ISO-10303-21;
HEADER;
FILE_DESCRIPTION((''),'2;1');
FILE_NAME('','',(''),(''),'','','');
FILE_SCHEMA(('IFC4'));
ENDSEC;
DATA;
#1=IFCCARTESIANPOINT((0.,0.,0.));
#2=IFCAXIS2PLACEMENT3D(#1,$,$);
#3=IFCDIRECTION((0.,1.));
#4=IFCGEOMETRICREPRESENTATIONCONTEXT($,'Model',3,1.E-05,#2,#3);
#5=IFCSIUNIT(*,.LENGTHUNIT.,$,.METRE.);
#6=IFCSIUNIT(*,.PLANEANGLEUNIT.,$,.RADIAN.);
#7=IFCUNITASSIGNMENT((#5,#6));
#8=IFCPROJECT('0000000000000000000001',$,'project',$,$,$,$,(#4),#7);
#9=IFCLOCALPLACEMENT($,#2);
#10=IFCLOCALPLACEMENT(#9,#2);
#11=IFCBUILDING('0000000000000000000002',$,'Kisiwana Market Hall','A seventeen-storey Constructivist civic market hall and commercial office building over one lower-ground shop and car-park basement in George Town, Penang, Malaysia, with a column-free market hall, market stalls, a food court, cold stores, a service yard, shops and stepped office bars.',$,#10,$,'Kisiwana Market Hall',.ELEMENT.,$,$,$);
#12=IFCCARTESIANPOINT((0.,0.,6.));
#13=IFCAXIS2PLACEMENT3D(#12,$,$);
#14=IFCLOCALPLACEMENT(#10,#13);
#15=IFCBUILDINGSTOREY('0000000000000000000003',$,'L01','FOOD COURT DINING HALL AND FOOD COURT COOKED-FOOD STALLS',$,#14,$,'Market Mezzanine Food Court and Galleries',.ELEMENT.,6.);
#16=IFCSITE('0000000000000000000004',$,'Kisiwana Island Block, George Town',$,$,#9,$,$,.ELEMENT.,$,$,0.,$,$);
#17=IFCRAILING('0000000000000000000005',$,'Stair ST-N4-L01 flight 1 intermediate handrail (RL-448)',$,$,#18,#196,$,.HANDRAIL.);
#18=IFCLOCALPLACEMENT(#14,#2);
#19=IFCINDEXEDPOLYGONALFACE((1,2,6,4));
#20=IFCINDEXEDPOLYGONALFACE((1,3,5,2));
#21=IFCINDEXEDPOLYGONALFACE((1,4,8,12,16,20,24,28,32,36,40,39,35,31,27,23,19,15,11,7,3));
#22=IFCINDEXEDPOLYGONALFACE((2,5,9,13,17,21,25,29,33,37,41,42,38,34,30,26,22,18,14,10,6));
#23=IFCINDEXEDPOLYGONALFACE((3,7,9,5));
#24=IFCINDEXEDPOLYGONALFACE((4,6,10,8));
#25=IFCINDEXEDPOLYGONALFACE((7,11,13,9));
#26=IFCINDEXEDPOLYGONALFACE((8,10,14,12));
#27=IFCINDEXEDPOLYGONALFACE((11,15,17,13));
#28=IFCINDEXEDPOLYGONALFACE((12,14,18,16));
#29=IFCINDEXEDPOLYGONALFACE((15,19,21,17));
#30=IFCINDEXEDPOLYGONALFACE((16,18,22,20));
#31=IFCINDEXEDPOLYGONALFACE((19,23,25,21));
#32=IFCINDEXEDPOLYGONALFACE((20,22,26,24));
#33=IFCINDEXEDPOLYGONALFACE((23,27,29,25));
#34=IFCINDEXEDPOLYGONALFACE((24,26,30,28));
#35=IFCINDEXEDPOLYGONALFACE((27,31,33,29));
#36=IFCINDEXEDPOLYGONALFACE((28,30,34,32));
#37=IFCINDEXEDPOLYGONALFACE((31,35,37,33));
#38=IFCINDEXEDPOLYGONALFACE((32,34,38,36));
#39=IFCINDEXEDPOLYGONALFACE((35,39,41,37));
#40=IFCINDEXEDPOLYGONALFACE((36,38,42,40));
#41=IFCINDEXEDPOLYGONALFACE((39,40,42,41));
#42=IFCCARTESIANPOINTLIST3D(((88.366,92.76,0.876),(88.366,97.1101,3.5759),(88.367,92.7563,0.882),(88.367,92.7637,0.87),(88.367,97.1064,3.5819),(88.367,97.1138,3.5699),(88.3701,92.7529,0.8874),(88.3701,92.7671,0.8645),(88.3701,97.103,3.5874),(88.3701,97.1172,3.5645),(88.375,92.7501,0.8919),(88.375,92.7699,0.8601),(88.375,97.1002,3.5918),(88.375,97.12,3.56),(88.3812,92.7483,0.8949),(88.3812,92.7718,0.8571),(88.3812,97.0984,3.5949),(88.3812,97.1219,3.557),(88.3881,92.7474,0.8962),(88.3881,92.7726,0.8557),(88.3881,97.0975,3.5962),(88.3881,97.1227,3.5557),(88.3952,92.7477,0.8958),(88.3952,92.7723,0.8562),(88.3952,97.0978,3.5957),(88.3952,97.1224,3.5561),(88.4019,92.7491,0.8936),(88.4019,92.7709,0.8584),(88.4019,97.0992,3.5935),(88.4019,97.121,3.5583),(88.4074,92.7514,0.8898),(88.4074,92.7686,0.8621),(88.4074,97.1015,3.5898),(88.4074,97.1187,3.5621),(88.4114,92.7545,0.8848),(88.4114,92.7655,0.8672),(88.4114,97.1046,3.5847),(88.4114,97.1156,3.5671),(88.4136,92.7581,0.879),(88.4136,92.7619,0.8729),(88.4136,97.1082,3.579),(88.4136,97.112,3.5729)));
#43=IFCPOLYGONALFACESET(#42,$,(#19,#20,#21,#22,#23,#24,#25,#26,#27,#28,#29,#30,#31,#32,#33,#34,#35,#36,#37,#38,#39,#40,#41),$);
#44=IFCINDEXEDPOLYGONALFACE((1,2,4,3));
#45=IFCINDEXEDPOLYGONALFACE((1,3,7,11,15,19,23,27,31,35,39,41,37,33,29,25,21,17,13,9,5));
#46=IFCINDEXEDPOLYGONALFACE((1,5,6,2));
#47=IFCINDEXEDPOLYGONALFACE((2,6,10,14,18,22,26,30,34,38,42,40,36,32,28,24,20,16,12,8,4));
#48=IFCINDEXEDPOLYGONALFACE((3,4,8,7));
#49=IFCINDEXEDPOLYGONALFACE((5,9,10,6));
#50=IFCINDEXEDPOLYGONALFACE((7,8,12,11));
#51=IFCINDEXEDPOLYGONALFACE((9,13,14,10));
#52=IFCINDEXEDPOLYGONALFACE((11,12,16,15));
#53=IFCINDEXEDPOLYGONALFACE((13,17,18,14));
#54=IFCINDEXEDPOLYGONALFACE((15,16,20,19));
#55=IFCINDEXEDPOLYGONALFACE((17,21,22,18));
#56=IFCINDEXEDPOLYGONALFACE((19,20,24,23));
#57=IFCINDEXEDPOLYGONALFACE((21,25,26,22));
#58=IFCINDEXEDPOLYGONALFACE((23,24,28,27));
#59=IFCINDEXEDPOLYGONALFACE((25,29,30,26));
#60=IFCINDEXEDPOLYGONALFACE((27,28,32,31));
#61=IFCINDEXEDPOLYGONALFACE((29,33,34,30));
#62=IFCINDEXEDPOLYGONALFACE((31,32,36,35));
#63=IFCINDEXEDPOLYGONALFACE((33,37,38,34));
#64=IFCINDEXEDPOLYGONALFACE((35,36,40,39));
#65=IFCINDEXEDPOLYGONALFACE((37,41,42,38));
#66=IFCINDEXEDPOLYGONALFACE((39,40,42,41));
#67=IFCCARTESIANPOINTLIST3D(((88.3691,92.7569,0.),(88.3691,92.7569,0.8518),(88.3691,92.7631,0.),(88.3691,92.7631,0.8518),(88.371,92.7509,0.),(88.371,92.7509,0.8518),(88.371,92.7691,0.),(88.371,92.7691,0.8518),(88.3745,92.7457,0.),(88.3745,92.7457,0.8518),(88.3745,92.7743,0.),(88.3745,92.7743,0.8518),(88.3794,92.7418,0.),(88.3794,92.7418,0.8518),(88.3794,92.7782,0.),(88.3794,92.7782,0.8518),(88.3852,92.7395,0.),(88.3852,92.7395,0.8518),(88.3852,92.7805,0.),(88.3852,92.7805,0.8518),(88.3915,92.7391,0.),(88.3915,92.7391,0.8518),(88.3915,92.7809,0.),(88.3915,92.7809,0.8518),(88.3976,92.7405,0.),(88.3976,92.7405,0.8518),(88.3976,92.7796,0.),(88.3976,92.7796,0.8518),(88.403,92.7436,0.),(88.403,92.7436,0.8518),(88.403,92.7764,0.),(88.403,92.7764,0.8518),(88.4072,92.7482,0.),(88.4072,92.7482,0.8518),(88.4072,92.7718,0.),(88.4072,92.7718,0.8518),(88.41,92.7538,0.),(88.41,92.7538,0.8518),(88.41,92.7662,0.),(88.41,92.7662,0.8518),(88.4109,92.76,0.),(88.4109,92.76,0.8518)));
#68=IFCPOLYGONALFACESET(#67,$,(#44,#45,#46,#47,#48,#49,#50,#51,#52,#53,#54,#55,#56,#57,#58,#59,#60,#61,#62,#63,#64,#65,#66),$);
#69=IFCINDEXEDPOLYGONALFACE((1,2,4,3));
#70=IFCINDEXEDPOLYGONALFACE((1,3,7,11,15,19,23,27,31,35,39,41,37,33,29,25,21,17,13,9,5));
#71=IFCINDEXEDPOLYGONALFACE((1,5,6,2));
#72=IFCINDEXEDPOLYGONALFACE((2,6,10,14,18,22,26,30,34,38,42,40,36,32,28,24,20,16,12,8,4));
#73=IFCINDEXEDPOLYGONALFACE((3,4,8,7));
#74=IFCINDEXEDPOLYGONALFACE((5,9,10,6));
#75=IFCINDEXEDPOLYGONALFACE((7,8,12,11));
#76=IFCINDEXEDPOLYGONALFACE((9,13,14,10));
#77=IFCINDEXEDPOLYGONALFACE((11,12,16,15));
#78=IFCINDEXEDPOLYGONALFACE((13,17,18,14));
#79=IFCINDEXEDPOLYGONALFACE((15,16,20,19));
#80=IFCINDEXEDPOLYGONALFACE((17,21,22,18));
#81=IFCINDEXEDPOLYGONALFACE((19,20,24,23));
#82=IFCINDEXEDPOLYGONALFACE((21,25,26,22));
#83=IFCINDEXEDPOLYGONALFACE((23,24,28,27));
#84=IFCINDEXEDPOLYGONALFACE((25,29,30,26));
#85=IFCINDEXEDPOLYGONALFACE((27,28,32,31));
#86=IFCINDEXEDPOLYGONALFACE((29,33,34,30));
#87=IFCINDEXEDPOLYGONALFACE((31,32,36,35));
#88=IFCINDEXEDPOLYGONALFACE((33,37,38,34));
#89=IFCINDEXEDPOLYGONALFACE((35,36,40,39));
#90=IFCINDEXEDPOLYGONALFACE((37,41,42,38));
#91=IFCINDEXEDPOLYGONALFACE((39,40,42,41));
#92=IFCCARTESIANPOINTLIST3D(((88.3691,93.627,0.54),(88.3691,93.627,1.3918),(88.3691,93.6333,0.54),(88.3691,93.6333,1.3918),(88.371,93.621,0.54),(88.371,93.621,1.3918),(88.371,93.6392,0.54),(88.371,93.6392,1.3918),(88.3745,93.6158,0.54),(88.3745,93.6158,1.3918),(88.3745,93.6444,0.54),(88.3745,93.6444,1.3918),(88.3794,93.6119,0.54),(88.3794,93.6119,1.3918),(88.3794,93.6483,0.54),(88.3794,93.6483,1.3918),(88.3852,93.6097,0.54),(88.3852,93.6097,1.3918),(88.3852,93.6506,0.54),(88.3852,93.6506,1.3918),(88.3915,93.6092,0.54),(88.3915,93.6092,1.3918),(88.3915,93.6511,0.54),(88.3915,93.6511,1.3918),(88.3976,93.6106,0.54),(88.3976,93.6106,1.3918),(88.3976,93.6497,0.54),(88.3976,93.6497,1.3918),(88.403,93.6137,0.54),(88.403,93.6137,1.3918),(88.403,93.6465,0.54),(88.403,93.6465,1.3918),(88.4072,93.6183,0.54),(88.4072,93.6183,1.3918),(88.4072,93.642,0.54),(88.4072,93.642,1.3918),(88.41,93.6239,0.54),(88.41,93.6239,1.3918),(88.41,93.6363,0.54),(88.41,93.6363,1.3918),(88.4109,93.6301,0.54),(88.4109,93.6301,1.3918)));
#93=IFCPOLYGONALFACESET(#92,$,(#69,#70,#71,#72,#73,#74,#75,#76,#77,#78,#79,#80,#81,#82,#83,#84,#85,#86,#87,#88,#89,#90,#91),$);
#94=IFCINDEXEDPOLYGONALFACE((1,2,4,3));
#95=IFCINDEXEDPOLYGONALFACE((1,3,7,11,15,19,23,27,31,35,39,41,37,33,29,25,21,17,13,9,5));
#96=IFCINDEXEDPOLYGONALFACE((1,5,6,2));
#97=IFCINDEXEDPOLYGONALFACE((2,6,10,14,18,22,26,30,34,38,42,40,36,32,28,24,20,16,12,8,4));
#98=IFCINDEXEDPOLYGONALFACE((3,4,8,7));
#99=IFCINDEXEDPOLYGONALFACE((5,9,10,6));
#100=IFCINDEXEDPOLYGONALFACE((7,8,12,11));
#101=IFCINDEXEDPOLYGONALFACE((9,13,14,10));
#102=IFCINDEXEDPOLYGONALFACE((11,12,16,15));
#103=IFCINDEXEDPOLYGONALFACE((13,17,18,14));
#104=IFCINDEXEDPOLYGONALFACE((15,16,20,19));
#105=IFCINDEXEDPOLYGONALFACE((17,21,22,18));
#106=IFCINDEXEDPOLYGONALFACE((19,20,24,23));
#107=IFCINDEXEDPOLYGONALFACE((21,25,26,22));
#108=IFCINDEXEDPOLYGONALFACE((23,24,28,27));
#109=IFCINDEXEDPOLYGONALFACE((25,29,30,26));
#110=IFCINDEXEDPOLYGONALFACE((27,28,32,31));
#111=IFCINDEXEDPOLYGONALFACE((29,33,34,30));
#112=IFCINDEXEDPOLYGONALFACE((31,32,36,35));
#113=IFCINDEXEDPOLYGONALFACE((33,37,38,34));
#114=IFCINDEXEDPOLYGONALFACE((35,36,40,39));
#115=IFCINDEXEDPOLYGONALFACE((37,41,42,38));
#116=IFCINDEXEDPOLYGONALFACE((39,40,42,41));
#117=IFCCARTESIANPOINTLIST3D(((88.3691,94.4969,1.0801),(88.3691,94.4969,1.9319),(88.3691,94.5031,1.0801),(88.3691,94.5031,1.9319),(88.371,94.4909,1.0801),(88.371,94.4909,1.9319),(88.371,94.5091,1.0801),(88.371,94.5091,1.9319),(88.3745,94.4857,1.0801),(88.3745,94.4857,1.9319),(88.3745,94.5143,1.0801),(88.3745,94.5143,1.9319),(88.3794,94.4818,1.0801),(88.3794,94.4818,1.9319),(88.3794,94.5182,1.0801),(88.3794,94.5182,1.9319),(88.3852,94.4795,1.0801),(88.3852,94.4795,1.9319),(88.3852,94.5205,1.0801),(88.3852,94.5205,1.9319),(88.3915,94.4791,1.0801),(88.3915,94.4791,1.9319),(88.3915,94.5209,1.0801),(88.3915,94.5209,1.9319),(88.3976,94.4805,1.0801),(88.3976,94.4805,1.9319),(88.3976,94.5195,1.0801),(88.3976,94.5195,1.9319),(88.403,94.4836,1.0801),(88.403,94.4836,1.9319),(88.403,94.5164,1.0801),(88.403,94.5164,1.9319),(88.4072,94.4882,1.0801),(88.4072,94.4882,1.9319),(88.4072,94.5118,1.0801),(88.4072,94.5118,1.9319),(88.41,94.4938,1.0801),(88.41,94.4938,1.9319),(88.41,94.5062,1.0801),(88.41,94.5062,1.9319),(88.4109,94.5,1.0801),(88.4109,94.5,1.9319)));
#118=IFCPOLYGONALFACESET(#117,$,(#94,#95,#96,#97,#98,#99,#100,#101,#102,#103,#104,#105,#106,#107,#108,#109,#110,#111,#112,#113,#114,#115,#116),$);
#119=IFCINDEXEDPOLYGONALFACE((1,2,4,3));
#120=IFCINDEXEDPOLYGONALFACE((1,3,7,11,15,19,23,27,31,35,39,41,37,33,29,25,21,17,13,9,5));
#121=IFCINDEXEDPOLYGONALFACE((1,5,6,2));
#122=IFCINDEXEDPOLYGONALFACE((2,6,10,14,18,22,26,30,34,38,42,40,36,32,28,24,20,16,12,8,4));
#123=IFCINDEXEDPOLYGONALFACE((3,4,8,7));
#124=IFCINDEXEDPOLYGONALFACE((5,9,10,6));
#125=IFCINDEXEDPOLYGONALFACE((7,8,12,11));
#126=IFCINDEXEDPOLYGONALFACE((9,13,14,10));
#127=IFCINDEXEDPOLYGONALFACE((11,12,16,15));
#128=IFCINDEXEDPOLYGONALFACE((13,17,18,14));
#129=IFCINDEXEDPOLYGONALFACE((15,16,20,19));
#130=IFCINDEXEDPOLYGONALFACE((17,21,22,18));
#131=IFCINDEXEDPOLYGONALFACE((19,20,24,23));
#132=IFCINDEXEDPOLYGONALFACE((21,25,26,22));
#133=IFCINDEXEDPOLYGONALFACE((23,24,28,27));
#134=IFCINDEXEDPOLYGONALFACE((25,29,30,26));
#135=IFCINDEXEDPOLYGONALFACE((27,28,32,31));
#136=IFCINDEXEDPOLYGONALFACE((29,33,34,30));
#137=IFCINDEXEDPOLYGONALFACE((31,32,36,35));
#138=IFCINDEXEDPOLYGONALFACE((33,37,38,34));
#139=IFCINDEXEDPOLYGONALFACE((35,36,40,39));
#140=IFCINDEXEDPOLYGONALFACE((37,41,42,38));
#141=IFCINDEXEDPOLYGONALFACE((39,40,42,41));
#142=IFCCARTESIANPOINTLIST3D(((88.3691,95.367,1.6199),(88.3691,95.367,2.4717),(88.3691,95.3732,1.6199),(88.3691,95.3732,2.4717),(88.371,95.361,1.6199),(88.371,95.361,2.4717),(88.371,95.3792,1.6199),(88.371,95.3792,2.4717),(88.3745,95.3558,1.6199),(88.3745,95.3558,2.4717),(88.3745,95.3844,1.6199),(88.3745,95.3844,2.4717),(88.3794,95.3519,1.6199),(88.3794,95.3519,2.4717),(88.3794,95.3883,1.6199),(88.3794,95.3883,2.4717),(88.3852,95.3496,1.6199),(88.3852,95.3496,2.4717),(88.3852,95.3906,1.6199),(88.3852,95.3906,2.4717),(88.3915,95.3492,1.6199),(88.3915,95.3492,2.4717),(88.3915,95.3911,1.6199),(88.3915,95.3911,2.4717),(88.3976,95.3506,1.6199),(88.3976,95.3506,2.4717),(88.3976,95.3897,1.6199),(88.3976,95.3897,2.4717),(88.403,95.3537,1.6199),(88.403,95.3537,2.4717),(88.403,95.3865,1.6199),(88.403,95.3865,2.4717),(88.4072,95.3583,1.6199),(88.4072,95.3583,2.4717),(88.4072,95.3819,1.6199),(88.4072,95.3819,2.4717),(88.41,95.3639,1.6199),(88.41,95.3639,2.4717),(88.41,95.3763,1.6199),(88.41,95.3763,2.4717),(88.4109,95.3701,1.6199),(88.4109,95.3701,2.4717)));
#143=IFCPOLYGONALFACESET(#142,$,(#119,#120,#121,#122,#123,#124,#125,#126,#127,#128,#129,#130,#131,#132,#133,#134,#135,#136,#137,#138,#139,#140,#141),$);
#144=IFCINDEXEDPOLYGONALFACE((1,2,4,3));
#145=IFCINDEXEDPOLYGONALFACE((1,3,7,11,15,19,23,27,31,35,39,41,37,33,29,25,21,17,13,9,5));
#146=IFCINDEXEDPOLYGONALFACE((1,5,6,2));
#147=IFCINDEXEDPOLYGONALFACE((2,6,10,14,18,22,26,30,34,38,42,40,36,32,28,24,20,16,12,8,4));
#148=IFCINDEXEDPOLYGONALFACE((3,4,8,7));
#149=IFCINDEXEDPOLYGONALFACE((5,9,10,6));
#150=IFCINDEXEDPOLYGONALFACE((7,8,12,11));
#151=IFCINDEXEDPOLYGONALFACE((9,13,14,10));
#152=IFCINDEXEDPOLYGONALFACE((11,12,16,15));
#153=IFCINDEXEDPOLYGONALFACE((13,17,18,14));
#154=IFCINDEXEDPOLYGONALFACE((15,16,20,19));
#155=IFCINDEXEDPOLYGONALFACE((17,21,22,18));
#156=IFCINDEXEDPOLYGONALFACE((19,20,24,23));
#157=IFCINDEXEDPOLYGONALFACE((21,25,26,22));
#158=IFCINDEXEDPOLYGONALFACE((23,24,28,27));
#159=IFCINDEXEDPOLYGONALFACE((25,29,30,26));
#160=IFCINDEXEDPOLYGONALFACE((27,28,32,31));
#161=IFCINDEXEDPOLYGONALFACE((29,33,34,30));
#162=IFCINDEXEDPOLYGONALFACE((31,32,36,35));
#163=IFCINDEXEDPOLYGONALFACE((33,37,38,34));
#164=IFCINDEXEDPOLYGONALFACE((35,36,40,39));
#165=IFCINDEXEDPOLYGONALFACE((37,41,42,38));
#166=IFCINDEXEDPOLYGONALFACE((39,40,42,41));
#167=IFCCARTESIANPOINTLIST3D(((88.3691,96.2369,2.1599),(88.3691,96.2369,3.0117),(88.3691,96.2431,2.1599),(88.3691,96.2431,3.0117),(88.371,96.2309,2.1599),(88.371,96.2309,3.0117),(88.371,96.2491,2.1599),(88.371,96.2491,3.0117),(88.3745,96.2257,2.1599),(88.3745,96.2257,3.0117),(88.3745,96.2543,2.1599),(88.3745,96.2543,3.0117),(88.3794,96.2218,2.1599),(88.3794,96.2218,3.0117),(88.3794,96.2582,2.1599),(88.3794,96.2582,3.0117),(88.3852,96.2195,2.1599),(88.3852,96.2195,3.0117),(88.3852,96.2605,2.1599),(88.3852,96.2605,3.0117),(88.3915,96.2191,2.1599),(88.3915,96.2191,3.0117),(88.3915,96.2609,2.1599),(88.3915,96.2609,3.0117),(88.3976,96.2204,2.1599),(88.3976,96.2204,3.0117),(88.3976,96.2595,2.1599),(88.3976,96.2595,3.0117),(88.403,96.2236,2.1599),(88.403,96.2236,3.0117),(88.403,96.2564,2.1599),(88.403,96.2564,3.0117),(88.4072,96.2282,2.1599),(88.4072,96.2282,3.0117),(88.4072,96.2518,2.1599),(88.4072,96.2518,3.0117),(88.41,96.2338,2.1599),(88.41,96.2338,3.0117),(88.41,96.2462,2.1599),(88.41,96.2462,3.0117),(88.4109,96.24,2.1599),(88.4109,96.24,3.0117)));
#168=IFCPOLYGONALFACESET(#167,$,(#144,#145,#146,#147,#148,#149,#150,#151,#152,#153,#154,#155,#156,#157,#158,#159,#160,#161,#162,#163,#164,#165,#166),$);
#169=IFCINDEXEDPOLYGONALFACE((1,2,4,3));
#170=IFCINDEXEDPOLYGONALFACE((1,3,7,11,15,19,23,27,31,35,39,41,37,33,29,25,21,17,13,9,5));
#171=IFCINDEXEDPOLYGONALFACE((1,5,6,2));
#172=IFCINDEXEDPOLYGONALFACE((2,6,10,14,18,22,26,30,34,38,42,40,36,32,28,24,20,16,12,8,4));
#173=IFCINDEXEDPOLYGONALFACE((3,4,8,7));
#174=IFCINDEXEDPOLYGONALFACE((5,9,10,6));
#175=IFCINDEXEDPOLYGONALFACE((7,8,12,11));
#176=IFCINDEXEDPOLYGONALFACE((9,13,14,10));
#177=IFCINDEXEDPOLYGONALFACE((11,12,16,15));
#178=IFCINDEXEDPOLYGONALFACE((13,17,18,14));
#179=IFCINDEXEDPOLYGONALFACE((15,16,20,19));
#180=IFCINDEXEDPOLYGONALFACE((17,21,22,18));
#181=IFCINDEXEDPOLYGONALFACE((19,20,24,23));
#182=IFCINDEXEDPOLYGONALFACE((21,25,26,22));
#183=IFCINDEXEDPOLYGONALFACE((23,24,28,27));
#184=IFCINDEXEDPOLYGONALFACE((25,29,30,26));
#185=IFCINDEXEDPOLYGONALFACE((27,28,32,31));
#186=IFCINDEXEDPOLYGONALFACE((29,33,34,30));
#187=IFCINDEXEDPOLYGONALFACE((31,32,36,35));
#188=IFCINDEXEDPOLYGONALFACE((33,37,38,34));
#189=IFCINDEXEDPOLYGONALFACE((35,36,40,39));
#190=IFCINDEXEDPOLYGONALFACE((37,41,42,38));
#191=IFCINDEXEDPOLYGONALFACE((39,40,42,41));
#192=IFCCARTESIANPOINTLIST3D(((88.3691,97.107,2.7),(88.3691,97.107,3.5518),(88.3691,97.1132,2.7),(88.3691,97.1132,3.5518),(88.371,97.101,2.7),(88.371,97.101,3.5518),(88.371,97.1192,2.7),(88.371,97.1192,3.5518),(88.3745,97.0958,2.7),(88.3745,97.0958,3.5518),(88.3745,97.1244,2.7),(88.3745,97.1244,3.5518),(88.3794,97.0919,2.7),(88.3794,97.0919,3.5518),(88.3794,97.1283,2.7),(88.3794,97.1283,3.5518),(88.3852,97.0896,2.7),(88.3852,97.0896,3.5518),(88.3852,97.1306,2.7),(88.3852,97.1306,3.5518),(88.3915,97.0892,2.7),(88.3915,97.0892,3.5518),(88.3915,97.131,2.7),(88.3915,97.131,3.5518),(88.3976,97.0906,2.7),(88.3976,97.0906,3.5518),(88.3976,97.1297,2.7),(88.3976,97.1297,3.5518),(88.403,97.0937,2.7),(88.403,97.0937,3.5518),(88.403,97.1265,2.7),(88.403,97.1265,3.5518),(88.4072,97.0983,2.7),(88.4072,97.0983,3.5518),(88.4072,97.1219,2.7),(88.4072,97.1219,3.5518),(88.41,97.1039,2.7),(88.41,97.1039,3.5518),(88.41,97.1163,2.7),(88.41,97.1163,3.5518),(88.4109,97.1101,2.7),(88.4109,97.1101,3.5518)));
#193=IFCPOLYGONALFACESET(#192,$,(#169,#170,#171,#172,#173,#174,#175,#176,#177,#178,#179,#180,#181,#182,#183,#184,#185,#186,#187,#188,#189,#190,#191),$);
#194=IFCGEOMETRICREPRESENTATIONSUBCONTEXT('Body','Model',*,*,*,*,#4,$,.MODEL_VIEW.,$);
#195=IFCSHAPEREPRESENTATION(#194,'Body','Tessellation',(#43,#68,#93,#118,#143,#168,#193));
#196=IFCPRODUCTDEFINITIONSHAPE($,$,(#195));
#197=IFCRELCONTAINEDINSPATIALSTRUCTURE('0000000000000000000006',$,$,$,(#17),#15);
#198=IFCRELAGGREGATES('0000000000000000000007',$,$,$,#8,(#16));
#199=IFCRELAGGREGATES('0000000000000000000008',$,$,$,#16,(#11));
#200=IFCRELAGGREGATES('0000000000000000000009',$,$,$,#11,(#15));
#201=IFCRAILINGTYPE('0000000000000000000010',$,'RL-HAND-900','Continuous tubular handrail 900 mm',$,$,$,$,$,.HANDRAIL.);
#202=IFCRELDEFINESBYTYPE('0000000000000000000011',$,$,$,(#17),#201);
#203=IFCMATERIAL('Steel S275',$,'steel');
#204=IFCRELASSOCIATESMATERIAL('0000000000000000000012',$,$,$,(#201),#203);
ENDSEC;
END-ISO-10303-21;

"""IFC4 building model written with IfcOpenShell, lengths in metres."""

from ifc_helpers import new_model, si_unit, direction, frame, origin, origin_2d, place, context, subcontext, project, spatial, circle, extrude, material, type_object, element, save


model = new_model("IFC4")

# Units and contexts
model_context = context("Model", 3, precision=1e-05, world=origin(), true_north=direction((0.0, 1.0)))
body_context = subcontext(model_context, "Body", "Model", "MODEL_VIEW")
ifc_project = project(units=[si_unit("LENGTHUNIT", "METRE"), si_unit("PLANEANGLEUNIT", "RADIAN")], contexts=[model_context])

# Site, building, storey
site_placement = place(None, origin())
site = spatial("IfcSite", under=ifc_project, at=site_placement, Name="Kisiwana Island Block, George Town", CompositionType="ELEMENT", RefElevation=0.0)
building_placement = place(site_placement, origin())
building = spatial("IfcBuilding", under=site, at=building_placement, Name="Kisiwana Market Hall", Description="A seventeen-storey Constructivist civic market hall and commercial office building over one lower-ground shop and car-park basement in George Town, Penang, Malaysia, with a column-free market hall, market stalls, a food court, cold stores, a service yard, shops and stepped office bars.", LongName="Kisiwana Market Hall", CompositionType="ELEMENT")
storey_placement = place(building_placement, frame((0.0, 0.0, 6.0)))
storey = spatial("IfcBuildingStorey", under=building, at=storey_placement, Name="L01", Description="FOOD COURT DINING HALL AND FOOD COURT COOKED-FOOD STALLS", LongName="Market Mezzanine Food Court and Galleries", CompositionType="ELEMENT", Elevation=6.0)

# Railing
ifc_material_1 = material(Name="Steel S275", Category="steel")
railing_type_1 = type_object("IfcRailingType", Name="RL-HAND-900", Description="Continuous tubular handrail 900 mm", PredefinedType="HANDRAIL", material=ifc_material_1)
railing_1_placement = place(storey_placement, frame((88.3899, 92.76, 0.0)))
element("IfcRailing", 1, at=railing_1_placement, inside=storey, type_object=railing_type_1, Name="Stair ST-N4-L01 flight 1 intermediate handrail (RL-448)", PredefinedType="HANDRAIL", context=body_context, shape_type="SweptSolid", body=[
    extrude(circle(Radius=0.0239, at=origin_2d()), frame((0.0, 0.0, 0.876), z_axis=(0.0, 0.84965, 0.527347), x_axis=(-1.0, 0.0, 0.0)), (0.0, 0.0, 1.0), 5.1199),
    extrude(circle(Radius=0.021, at=origin_2d()), origin(), (0.0, 0.0, 1.0), 0.8518),
    extrude(circle(Radius=0.021, at=origin_2d()), frame((0.0, 0.8701, 0.54)), (0.0, 0.0, 1.0), 0.8518),
    extrude(circle(Radius=0.021, at=origin_2d()), frame((0.0, 1.74, 1.0801)), (0.0, 0.0, 1.0), 0.8518),
    extrude(circle(Radius=0.021, at=origin_2d()), frame((0.0, 2.6101, 1.6199)), (0.0, 0.0, 1.0), 0.8518),
    extrude(circle(Radius=0.021, at=origin_2d()), frame((0.0, 3.48, 2.1599)), (0.0, 0.0, 1.0), 0.8518),
    extrude(circle(Radius=0.021, at=origin_2d()), frame((0.0, 4.3501, 2.7)), (0.0, 0.0, 1.0), 0.8518),
])

save(model, "model.ifc")
